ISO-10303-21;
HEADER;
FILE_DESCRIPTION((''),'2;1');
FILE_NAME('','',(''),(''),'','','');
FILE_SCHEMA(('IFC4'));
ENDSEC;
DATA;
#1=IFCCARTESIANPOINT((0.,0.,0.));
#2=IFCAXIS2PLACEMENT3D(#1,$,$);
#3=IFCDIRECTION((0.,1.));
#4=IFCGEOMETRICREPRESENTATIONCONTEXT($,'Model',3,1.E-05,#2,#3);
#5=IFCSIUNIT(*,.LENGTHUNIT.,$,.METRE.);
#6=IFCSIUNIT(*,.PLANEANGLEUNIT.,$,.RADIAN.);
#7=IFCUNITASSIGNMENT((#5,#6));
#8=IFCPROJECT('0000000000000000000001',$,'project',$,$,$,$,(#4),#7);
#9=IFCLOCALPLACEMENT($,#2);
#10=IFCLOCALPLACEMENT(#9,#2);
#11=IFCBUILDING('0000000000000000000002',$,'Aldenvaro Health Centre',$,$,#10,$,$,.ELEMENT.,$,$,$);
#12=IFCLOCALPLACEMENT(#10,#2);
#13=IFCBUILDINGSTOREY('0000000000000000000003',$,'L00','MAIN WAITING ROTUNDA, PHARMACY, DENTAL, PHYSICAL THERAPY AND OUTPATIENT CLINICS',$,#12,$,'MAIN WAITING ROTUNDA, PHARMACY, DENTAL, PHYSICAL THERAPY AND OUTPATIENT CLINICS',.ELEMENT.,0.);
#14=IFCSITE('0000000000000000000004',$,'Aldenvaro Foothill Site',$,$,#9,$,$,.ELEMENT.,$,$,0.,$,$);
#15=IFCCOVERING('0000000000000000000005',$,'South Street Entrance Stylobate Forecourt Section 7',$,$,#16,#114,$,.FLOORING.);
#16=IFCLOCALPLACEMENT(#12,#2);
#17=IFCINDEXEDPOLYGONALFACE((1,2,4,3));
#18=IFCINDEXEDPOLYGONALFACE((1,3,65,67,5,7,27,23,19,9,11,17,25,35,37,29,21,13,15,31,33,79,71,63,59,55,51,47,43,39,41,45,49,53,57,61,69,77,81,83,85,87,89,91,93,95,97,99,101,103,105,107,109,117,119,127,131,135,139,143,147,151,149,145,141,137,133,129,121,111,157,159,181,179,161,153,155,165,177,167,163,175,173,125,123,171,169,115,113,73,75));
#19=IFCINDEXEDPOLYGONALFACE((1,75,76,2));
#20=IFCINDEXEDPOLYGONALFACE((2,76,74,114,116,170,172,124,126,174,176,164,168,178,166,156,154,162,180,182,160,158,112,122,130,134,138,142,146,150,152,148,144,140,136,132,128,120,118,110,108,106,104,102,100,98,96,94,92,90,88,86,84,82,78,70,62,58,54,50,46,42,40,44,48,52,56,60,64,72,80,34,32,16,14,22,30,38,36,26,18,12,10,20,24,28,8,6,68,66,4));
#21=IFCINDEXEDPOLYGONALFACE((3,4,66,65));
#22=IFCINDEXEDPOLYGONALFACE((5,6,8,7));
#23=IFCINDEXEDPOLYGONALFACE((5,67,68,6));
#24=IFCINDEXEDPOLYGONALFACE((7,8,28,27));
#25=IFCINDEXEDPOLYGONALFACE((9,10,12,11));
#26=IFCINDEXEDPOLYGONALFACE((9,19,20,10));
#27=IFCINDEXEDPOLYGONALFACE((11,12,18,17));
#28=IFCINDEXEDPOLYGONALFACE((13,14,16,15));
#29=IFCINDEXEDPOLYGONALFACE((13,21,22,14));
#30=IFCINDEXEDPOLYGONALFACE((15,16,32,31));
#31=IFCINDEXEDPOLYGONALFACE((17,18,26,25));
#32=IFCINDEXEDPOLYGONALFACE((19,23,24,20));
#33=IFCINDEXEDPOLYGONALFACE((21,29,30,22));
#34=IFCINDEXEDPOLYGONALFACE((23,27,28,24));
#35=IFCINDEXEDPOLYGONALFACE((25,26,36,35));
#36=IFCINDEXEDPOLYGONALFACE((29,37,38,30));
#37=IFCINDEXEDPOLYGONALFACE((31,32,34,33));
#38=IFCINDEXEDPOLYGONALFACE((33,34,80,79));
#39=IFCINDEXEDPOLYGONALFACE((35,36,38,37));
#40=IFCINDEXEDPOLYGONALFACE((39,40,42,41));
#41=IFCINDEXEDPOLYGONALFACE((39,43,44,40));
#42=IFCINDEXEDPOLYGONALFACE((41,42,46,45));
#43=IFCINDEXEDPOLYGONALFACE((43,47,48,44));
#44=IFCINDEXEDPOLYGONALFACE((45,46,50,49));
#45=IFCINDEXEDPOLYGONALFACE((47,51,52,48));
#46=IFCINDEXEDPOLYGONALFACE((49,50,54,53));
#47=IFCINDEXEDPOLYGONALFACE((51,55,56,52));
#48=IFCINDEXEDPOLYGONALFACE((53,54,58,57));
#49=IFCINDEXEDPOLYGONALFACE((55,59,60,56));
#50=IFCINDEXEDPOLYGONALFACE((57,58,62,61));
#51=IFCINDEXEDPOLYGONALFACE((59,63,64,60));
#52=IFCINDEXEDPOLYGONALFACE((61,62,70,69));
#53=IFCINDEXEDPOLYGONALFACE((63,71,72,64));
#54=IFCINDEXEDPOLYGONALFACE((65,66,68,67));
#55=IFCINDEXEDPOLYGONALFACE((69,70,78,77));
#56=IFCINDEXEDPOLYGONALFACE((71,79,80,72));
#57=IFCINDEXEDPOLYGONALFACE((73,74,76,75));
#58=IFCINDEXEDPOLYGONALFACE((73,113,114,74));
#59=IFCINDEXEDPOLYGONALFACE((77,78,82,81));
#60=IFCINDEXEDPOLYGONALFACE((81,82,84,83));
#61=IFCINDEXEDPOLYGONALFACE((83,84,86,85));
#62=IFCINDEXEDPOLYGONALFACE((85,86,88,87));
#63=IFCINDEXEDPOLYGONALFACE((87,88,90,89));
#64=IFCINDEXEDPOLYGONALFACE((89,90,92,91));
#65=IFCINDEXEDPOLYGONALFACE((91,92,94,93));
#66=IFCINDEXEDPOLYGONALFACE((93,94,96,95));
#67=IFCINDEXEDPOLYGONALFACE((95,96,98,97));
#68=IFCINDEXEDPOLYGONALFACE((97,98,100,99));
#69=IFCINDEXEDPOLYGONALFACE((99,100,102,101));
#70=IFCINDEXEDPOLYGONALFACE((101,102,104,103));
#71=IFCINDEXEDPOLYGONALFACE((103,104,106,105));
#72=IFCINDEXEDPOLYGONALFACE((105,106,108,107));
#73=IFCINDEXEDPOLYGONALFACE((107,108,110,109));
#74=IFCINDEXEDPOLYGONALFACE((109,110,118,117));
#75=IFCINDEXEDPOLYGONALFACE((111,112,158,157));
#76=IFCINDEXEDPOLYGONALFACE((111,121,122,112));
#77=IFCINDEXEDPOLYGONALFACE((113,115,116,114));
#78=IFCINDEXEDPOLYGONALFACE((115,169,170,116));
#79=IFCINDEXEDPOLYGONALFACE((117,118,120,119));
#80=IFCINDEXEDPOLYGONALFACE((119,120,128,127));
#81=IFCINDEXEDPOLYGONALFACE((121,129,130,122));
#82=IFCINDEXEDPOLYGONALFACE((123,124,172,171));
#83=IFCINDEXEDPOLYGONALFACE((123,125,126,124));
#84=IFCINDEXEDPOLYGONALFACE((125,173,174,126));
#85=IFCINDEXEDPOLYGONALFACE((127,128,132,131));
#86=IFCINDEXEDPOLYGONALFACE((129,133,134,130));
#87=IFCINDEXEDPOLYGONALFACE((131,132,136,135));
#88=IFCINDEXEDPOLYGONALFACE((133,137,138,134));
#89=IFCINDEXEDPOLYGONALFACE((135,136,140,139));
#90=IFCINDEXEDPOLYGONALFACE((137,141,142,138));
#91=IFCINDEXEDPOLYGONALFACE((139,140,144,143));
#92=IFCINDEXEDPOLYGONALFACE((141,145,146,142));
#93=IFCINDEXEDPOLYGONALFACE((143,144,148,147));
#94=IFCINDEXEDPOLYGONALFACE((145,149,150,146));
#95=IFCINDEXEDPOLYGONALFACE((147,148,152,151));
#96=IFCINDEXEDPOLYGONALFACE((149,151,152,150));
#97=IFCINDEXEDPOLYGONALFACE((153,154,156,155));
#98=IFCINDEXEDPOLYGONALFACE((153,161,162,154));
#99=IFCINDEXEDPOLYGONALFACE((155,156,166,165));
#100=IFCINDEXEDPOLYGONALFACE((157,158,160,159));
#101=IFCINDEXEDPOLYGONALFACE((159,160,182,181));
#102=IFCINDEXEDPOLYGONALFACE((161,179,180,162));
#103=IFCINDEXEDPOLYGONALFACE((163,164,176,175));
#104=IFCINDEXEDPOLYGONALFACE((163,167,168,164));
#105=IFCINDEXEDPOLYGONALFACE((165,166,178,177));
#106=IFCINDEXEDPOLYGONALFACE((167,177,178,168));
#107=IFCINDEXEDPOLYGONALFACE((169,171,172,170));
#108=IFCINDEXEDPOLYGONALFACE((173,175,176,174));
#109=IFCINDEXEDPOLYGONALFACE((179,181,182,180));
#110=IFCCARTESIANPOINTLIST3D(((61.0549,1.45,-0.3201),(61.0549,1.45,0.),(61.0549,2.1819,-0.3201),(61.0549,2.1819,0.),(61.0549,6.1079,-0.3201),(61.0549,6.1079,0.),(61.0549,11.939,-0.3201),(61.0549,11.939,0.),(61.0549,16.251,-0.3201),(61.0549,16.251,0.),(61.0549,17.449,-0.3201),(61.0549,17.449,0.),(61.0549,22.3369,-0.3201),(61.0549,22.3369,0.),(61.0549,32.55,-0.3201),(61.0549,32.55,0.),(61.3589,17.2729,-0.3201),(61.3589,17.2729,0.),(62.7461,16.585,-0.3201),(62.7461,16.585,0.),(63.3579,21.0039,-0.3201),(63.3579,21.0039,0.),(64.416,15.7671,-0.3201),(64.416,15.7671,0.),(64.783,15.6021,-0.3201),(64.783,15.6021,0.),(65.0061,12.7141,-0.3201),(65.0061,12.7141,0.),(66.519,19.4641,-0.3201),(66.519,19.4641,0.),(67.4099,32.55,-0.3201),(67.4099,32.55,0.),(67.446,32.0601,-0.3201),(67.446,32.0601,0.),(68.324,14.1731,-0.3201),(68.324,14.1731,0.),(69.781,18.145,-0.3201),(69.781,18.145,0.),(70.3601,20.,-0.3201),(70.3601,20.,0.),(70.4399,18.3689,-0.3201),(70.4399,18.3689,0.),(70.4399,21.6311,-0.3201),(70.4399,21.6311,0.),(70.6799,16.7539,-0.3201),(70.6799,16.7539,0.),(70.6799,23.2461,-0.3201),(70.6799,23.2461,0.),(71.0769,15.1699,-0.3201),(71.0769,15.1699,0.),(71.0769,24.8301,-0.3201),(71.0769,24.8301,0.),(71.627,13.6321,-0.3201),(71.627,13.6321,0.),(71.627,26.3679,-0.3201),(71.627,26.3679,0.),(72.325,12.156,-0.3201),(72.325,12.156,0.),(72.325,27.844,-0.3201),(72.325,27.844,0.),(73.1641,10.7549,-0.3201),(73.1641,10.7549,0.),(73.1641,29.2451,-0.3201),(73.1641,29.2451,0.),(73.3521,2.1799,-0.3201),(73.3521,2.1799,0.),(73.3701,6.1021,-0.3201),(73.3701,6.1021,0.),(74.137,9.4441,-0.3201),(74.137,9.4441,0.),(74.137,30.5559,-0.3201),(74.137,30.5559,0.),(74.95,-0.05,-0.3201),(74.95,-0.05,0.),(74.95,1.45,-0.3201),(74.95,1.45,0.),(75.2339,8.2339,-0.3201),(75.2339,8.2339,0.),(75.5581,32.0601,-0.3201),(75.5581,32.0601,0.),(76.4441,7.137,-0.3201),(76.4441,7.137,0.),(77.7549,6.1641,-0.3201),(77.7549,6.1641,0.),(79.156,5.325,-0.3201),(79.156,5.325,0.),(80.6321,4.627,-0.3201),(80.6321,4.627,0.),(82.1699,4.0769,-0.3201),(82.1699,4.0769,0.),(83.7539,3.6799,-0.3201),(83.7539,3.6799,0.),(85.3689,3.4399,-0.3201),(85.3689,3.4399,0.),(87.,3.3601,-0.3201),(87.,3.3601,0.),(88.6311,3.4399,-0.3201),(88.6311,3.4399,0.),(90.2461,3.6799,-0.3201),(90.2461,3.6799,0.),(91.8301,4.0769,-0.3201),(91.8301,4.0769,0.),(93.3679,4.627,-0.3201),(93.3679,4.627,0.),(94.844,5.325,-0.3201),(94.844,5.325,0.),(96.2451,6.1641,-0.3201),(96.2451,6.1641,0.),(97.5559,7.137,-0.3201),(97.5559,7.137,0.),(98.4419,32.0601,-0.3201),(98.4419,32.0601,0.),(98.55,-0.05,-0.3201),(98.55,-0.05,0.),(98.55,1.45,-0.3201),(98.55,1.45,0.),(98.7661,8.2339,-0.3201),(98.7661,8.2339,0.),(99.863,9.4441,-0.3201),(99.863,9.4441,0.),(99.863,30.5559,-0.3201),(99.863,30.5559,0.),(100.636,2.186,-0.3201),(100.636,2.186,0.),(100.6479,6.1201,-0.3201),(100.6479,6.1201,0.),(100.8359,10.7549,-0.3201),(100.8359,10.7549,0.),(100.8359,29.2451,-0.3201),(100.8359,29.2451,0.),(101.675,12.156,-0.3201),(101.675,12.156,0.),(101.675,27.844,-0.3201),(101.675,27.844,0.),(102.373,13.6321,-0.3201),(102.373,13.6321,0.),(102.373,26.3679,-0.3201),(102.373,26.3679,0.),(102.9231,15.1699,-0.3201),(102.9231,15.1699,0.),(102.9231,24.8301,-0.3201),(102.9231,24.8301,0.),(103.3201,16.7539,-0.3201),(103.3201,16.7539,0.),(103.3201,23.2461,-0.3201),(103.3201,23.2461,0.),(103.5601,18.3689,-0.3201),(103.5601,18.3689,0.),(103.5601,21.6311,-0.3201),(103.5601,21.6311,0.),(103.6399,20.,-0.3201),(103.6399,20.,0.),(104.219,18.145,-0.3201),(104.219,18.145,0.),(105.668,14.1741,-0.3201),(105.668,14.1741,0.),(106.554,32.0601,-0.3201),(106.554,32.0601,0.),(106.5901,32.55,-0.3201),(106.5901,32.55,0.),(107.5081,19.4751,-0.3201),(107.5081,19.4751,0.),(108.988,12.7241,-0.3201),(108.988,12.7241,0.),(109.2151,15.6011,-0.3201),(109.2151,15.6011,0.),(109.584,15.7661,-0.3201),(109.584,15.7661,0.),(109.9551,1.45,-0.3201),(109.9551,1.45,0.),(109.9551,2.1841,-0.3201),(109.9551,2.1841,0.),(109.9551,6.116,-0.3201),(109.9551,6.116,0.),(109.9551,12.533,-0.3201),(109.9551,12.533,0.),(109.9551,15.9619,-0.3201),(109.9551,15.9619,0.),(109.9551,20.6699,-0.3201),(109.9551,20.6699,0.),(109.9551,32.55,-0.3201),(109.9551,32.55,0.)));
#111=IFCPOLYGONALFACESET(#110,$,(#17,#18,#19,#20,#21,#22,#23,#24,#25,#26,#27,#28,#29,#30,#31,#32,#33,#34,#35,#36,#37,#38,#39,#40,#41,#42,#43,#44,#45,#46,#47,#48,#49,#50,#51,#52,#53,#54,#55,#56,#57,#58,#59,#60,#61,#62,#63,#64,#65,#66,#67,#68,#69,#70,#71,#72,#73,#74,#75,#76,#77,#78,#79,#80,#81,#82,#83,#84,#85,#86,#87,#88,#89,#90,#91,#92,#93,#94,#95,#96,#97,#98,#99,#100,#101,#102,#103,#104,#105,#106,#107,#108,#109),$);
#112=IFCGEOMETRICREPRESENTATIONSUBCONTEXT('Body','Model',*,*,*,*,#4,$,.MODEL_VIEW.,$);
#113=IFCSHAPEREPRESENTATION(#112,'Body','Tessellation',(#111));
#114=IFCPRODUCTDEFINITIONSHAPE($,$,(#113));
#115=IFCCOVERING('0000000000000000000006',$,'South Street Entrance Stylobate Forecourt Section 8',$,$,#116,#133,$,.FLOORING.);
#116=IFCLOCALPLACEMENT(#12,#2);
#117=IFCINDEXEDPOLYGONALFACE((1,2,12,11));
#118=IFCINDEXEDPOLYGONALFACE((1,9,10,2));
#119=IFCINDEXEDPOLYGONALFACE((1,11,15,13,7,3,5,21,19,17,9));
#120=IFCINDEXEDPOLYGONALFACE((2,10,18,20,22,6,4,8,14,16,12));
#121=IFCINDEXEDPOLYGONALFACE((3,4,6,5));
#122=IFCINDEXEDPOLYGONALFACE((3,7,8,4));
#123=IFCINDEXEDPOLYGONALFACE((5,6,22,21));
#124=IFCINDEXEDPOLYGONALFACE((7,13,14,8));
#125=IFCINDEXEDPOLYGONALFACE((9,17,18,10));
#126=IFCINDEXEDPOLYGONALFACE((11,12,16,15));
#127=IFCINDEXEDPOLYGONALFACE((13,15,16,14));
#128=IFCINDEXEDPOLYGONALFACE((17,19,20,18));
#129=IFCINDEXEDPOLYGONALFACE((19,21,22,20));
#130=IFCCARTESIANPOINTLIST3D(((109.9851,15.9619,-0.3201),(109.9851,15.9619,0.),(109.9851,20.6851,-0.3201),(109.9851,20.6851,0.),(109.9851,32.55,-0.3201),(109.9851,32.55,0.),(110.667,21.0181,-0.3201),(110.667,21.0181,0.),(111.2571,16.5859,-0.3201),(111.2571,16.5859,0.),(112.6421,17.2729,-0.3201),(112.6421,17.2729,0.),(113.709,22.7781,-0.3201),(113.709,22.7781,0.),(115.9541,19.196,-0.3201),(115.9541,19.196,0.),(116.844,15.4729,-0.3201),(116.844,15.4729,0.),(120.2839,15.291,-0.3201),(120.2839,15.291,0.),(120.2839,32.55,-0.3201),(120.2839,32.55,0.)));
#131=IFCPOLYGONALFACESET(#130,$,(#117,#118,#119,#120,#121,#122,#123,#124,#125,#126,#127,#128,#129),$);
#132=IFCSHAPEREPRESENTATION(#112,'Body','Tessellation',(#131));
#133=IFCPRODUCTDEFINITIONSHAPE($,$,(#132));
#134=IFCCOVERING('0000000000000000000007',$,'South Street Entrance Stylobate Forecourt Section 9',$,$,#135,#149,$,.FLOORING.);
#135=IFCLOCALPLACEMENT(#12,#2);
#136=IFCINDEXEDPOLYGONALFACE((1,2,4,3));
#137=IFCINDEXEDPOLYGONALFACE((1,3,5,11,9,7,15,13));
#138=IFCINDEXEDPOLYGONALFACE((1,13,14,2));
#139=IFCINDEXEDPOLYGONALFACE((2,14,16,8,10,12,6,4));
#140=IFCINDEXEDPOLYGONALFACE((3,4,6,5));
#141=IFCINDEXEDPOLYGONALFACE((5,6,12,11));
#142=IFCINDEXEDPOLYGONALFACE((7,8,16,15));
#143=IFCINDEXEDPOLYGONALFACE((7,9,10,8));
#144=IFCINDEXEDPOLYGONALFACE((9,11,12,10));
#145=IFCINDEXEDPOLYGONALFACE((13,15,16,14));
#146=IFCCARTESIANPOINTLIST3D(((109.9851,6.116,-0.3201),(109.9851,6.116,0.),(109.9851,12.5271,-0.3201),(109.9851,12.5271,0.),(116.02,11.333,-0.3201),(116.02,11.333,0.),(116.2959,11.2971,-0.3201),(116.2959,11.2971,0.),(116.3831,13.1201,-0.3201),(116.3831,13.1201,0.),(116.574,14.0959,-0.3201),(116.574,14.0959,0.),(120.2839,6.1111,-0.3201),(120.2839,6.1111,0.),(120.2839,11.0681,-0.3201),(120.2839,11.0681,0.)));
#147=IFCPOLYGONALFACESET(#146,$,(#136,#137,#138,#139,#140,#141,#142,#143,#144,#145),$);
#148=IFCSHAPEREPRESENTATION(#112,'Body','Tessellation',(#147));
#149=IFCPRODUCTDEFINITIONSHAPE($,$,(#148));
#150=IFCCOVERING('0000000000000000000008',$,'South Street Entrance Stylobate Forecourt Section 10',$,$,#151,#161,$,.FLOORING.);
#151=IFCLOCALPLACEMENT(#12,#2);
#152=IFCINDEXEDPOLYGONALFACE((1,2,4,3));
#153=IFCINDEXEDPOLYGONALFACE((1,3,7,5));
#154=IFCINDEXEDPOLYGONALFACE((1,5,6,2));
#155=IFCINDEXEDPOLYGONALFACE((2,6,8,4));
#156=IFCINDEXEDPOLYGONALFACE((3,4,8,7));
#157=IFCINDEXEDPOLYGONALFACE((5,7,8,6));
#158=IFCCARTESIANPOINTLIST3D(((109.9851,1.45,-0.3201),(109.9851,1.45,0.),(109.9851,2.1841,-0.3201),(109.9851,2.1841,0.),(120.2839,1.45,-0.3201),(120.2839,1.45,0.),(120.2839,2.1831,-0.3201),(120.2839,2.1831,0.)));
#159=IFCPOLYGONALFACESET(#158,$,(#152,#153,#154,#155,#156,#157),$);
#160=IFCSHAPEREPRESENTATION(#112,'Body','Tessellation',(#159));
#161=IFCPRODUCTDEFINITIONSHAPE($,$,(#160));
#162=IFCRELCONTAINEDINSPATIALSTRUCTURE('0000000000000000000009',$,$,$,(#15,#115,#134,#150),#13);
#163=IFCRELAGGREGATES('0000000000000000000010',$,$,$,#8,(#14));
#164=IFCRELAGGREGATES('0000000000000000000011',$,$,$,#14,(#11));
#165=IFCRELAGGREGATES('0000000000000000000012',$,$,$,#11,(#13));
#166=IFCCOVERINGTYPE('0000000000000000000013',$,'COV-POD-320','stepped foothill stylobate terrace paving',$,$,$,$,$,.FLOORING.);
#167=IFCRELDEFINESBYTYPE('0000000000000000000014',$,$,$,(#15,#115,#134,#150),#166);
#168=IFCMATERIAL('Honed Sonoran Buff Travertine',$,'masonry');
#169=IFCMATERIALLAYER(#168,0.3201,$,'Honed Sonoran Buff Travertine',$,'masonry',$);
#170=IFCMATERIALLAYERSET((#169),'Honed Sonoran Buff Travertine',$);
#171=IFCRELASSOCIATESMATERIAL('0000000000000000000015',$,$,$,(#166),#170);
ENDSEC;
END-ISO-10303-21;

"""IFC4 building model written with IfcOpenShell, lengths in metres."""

from ifc_helpers import new_model, si_unit, direction, frame, origin, place, context, subcontext, project, spatial, polyline, outline, extrude, material, layer, layer_set, type_object, element, save


model = new_model("IFC4")

# Units and contexts
model_context = context("Model", 3, precision=1e-05, world=origin(), true_north=direction((0.0, 1.0)))
body_context = subcontext(model_context, "Body", "Model", "MODEL_VIEW")
ifc_project = project(units=[si_unit("LENGTHUNIT", "METRE"), si_unit("PLANEANGLEUNIT", "RADIAN")], contexts=[model_context])

# Site, building, storey
site_placement = place(None, origin())
site = spatial("IfcSite", under=ifc_project, at=site_placement, Name="Aldenvaro Foothill Site", CompositionType="ELEMENT", RefElevation=0.0)
building_placement = place(site_placement, origin())
building = spatial("IfcBuilding", under=site, at=building_placement, Name="Aldenvaro Health Centre", CompositionType="ELEMENT")
storey_placement = place(building_placement, origin())
storey = spatial("IfcBuildingStorey", under=building, at=storey_placement, Name="L00", Description="MAIN WAITING ROTUNDA, PHARMACY, DENTAL, PHYSICAL THERAPY AND OUTPATIENT CLINICS", LongName="MAIN WAITING ROTUNDA, PHARMACY, DENTAL, PHYSICAL THERAPY AND OUTPATIENT CLINICS", CompositionType="ELEMENT", Elevation=0.0)

# Coverings
ifc_material_1 = material(Name="Honed Sonoran Buff Travertine", Category="masonry")
ifc_layer_1 = layer(ifc_material_1, 0.3201, Name="Honed Sonoran Buff Travertine", Category="masonry")
ifc_layer_set_1 = layer_set([ifc_layer_1], Name="Honed Sonoran Buff Travertine")
covering_type = type_object("IfcCoveringType", Name="COV-POD-320", Description="stepped foothill stylobate terrace paving", PredefinedType="FLOORING", material=ifc_layer_set_1)
covering_1_placement = place(storey_placement, frame((0.0, 0.0, -0.3201)))
element("IfcCovering", 1, at=covering_1_placement, inside=storey, type_object=covering_type, Name="South Street Entrance Stylobate Forecourt Section 7", PredefinedType="FLOORING", context=body_context, shape_type="SweptSolid", body=[
    extrude(outline(polyline([(74.137, 30.5559), (73.1641, 29.2451), (72.325, 27.844), (71.627, 26.3679), (71.0769, 24.8301), (70.6799, 23.2461), (70.4399, 21.6311), (70.3601, 20.0), (70.4399, 18.3689), (70.6799, 16.7539), (71.0769, 15.1699), (71.627, 13.6321), (72.325, 12.156), (73.1641, 10.7549), (74.137, 9.4441), (75.2339, 8.2339), (76.4441, 7.137), (77.7549, 6.1641), (79.156, 5.325), (80.6321, 4.627), (82.1699, 4.0769), (83.7539, 3.6799), (85.3689, 3.4399), (87.0, 3.3601), (88.6311, 3.4399), (90.2461, 3.6799), (91.8301, 4.0769), (93.3679, 4.627), (94.844, 5.325), (96.2451, 6.1641), (97.5559, 7.137), (98.7661, 8.2339), (99.863, 9.4441), (100.8359, 10.7549), (101.675, 12.156), (102.373, 13.6321), (102.9231, 15.1699), (103.3201, 16.7539), (103.5601, 18.3689), (103.6399, 20.0), (103.5601, 21.6311), (103.3201, 23.2461), (102.9231, 24.8301), (102.373, 26.3679), (101.675, 27.844), (100.8359, 29.2451), (99.863, 30.5559), (98.4419, 32.0601), (106.554, 32.0601), (106.5901, 32.55), (109.9551, 32.55), (109.9551, 20.6699), (107.5081, 19.4751), (104.219, 18.145), (105.668, 14.1741), (109.2151, 15.6011), (109.9551, 15.9619), (109.584, 15.7661), (108.988, 12.7241), (109.9551, 12.533), (109.9551, 6.116), (100.6479, 6.1201), (100.636, 2.186), (109.9551, 2.1841), (109.9551, 1.45), (98.55, 1.45), (98.55, -0.05), (74.95, -0.05), (74.95, 1.45), (61.0549, 1.45), (61.0549, 2.1819), (73.3521, 2.1799), (73.3701, 6.1021), (61.0549, 6.1079), (61.0549, 11.939), (65.0061, 12.7141), (64.416, 15.7671), (62.7461, 16.585), (61.0549, 16.251), (61.0549, 17.449), (61.3589, 17.2729), (64.783, 15.6021), (68.324, 14.1731), (69.781, 18.145), (66.519, 19.4641), (63.3579, 21.0039), (61.0549, 22.3369), (61.0549, 32.55), (67.4099, 32.55), (67.446, 32.0601), (75.5581, 32.0601), (74.137, 30.5559)])), origin(), (0.0, 0.0, 1.0), 0.3201),
])
covering_2_placement = place(storey_placement, frame((0.0, 0.0, -0.3201)))
element("IfcCovering", 2, at=covering_2_placement, inside=storey, type_object=covering_type, Name="South Street Entrance Stylobate Forecourt Section 8", PredefinedType="FLOORING", context=body_context, shape_type="SweptSolid", body=[
    extrude(outline(polyline([(120.2839, 32.55), (120.2839, 15.291), (116.844, 15.4729), (111.2571, 16.5859), (109.9851, 15.9619), (112.6421, 17.2729), (115.9541, 19.196), (113.709, 22.7781), (110.667, 21.0181), (109.9851, 20.6851), (109.9851, 32.55), (120.2839, 32.55)])), origin(), (0.0, 0.0, 1.0), 0.3201),
])
covering_3_placement = place(storey_placement, frame((0.0, 0.0, -0.3201)))
element("IfcCovering", 3, at=covering_3_placement, inside=storey, type_object=covering_type, Name="South Street Entrance Stylobate Forecourt Section 9", PredefinedType="FLOORING", context=body_context, shape_type="SweptSolid", body=[
    extrude(outline(polyline([(116.02, 11.333), (116.574, 14.0959), (116.3831, 13.1201), (116.2959, 11.2971), (120.2839, 11.0681), (120.2839, 6.1111), (109.9851, 6.116), (109.9851, 12.5271), (116.02, 11.333)])), origin(), (0.0, 0.0, 1.0), 0.3201),
])
covering_4_placement = place(storey_placement, frame((0.0, 0.0, -0.3201)))
element("IfcCovering", 4, at=covering_4_placement, inside=storey, type_object=covering_type, Name="South Street Entrance Stylobate Forecourt Section 10", PredefinedType="FLOORING", context=body_context, shape_type="SweptSolid", body=[
    extrude(outline(polyline([(120.2839, 2.1831), (120.2839, 1.45), (109.9851, 1.45), (109.9851, 2.1841), (120.2839, 2.1831)])), origin(), (0.0, 0.0, 1.0), 0.3201),
])

save(model, "model.ifc")
